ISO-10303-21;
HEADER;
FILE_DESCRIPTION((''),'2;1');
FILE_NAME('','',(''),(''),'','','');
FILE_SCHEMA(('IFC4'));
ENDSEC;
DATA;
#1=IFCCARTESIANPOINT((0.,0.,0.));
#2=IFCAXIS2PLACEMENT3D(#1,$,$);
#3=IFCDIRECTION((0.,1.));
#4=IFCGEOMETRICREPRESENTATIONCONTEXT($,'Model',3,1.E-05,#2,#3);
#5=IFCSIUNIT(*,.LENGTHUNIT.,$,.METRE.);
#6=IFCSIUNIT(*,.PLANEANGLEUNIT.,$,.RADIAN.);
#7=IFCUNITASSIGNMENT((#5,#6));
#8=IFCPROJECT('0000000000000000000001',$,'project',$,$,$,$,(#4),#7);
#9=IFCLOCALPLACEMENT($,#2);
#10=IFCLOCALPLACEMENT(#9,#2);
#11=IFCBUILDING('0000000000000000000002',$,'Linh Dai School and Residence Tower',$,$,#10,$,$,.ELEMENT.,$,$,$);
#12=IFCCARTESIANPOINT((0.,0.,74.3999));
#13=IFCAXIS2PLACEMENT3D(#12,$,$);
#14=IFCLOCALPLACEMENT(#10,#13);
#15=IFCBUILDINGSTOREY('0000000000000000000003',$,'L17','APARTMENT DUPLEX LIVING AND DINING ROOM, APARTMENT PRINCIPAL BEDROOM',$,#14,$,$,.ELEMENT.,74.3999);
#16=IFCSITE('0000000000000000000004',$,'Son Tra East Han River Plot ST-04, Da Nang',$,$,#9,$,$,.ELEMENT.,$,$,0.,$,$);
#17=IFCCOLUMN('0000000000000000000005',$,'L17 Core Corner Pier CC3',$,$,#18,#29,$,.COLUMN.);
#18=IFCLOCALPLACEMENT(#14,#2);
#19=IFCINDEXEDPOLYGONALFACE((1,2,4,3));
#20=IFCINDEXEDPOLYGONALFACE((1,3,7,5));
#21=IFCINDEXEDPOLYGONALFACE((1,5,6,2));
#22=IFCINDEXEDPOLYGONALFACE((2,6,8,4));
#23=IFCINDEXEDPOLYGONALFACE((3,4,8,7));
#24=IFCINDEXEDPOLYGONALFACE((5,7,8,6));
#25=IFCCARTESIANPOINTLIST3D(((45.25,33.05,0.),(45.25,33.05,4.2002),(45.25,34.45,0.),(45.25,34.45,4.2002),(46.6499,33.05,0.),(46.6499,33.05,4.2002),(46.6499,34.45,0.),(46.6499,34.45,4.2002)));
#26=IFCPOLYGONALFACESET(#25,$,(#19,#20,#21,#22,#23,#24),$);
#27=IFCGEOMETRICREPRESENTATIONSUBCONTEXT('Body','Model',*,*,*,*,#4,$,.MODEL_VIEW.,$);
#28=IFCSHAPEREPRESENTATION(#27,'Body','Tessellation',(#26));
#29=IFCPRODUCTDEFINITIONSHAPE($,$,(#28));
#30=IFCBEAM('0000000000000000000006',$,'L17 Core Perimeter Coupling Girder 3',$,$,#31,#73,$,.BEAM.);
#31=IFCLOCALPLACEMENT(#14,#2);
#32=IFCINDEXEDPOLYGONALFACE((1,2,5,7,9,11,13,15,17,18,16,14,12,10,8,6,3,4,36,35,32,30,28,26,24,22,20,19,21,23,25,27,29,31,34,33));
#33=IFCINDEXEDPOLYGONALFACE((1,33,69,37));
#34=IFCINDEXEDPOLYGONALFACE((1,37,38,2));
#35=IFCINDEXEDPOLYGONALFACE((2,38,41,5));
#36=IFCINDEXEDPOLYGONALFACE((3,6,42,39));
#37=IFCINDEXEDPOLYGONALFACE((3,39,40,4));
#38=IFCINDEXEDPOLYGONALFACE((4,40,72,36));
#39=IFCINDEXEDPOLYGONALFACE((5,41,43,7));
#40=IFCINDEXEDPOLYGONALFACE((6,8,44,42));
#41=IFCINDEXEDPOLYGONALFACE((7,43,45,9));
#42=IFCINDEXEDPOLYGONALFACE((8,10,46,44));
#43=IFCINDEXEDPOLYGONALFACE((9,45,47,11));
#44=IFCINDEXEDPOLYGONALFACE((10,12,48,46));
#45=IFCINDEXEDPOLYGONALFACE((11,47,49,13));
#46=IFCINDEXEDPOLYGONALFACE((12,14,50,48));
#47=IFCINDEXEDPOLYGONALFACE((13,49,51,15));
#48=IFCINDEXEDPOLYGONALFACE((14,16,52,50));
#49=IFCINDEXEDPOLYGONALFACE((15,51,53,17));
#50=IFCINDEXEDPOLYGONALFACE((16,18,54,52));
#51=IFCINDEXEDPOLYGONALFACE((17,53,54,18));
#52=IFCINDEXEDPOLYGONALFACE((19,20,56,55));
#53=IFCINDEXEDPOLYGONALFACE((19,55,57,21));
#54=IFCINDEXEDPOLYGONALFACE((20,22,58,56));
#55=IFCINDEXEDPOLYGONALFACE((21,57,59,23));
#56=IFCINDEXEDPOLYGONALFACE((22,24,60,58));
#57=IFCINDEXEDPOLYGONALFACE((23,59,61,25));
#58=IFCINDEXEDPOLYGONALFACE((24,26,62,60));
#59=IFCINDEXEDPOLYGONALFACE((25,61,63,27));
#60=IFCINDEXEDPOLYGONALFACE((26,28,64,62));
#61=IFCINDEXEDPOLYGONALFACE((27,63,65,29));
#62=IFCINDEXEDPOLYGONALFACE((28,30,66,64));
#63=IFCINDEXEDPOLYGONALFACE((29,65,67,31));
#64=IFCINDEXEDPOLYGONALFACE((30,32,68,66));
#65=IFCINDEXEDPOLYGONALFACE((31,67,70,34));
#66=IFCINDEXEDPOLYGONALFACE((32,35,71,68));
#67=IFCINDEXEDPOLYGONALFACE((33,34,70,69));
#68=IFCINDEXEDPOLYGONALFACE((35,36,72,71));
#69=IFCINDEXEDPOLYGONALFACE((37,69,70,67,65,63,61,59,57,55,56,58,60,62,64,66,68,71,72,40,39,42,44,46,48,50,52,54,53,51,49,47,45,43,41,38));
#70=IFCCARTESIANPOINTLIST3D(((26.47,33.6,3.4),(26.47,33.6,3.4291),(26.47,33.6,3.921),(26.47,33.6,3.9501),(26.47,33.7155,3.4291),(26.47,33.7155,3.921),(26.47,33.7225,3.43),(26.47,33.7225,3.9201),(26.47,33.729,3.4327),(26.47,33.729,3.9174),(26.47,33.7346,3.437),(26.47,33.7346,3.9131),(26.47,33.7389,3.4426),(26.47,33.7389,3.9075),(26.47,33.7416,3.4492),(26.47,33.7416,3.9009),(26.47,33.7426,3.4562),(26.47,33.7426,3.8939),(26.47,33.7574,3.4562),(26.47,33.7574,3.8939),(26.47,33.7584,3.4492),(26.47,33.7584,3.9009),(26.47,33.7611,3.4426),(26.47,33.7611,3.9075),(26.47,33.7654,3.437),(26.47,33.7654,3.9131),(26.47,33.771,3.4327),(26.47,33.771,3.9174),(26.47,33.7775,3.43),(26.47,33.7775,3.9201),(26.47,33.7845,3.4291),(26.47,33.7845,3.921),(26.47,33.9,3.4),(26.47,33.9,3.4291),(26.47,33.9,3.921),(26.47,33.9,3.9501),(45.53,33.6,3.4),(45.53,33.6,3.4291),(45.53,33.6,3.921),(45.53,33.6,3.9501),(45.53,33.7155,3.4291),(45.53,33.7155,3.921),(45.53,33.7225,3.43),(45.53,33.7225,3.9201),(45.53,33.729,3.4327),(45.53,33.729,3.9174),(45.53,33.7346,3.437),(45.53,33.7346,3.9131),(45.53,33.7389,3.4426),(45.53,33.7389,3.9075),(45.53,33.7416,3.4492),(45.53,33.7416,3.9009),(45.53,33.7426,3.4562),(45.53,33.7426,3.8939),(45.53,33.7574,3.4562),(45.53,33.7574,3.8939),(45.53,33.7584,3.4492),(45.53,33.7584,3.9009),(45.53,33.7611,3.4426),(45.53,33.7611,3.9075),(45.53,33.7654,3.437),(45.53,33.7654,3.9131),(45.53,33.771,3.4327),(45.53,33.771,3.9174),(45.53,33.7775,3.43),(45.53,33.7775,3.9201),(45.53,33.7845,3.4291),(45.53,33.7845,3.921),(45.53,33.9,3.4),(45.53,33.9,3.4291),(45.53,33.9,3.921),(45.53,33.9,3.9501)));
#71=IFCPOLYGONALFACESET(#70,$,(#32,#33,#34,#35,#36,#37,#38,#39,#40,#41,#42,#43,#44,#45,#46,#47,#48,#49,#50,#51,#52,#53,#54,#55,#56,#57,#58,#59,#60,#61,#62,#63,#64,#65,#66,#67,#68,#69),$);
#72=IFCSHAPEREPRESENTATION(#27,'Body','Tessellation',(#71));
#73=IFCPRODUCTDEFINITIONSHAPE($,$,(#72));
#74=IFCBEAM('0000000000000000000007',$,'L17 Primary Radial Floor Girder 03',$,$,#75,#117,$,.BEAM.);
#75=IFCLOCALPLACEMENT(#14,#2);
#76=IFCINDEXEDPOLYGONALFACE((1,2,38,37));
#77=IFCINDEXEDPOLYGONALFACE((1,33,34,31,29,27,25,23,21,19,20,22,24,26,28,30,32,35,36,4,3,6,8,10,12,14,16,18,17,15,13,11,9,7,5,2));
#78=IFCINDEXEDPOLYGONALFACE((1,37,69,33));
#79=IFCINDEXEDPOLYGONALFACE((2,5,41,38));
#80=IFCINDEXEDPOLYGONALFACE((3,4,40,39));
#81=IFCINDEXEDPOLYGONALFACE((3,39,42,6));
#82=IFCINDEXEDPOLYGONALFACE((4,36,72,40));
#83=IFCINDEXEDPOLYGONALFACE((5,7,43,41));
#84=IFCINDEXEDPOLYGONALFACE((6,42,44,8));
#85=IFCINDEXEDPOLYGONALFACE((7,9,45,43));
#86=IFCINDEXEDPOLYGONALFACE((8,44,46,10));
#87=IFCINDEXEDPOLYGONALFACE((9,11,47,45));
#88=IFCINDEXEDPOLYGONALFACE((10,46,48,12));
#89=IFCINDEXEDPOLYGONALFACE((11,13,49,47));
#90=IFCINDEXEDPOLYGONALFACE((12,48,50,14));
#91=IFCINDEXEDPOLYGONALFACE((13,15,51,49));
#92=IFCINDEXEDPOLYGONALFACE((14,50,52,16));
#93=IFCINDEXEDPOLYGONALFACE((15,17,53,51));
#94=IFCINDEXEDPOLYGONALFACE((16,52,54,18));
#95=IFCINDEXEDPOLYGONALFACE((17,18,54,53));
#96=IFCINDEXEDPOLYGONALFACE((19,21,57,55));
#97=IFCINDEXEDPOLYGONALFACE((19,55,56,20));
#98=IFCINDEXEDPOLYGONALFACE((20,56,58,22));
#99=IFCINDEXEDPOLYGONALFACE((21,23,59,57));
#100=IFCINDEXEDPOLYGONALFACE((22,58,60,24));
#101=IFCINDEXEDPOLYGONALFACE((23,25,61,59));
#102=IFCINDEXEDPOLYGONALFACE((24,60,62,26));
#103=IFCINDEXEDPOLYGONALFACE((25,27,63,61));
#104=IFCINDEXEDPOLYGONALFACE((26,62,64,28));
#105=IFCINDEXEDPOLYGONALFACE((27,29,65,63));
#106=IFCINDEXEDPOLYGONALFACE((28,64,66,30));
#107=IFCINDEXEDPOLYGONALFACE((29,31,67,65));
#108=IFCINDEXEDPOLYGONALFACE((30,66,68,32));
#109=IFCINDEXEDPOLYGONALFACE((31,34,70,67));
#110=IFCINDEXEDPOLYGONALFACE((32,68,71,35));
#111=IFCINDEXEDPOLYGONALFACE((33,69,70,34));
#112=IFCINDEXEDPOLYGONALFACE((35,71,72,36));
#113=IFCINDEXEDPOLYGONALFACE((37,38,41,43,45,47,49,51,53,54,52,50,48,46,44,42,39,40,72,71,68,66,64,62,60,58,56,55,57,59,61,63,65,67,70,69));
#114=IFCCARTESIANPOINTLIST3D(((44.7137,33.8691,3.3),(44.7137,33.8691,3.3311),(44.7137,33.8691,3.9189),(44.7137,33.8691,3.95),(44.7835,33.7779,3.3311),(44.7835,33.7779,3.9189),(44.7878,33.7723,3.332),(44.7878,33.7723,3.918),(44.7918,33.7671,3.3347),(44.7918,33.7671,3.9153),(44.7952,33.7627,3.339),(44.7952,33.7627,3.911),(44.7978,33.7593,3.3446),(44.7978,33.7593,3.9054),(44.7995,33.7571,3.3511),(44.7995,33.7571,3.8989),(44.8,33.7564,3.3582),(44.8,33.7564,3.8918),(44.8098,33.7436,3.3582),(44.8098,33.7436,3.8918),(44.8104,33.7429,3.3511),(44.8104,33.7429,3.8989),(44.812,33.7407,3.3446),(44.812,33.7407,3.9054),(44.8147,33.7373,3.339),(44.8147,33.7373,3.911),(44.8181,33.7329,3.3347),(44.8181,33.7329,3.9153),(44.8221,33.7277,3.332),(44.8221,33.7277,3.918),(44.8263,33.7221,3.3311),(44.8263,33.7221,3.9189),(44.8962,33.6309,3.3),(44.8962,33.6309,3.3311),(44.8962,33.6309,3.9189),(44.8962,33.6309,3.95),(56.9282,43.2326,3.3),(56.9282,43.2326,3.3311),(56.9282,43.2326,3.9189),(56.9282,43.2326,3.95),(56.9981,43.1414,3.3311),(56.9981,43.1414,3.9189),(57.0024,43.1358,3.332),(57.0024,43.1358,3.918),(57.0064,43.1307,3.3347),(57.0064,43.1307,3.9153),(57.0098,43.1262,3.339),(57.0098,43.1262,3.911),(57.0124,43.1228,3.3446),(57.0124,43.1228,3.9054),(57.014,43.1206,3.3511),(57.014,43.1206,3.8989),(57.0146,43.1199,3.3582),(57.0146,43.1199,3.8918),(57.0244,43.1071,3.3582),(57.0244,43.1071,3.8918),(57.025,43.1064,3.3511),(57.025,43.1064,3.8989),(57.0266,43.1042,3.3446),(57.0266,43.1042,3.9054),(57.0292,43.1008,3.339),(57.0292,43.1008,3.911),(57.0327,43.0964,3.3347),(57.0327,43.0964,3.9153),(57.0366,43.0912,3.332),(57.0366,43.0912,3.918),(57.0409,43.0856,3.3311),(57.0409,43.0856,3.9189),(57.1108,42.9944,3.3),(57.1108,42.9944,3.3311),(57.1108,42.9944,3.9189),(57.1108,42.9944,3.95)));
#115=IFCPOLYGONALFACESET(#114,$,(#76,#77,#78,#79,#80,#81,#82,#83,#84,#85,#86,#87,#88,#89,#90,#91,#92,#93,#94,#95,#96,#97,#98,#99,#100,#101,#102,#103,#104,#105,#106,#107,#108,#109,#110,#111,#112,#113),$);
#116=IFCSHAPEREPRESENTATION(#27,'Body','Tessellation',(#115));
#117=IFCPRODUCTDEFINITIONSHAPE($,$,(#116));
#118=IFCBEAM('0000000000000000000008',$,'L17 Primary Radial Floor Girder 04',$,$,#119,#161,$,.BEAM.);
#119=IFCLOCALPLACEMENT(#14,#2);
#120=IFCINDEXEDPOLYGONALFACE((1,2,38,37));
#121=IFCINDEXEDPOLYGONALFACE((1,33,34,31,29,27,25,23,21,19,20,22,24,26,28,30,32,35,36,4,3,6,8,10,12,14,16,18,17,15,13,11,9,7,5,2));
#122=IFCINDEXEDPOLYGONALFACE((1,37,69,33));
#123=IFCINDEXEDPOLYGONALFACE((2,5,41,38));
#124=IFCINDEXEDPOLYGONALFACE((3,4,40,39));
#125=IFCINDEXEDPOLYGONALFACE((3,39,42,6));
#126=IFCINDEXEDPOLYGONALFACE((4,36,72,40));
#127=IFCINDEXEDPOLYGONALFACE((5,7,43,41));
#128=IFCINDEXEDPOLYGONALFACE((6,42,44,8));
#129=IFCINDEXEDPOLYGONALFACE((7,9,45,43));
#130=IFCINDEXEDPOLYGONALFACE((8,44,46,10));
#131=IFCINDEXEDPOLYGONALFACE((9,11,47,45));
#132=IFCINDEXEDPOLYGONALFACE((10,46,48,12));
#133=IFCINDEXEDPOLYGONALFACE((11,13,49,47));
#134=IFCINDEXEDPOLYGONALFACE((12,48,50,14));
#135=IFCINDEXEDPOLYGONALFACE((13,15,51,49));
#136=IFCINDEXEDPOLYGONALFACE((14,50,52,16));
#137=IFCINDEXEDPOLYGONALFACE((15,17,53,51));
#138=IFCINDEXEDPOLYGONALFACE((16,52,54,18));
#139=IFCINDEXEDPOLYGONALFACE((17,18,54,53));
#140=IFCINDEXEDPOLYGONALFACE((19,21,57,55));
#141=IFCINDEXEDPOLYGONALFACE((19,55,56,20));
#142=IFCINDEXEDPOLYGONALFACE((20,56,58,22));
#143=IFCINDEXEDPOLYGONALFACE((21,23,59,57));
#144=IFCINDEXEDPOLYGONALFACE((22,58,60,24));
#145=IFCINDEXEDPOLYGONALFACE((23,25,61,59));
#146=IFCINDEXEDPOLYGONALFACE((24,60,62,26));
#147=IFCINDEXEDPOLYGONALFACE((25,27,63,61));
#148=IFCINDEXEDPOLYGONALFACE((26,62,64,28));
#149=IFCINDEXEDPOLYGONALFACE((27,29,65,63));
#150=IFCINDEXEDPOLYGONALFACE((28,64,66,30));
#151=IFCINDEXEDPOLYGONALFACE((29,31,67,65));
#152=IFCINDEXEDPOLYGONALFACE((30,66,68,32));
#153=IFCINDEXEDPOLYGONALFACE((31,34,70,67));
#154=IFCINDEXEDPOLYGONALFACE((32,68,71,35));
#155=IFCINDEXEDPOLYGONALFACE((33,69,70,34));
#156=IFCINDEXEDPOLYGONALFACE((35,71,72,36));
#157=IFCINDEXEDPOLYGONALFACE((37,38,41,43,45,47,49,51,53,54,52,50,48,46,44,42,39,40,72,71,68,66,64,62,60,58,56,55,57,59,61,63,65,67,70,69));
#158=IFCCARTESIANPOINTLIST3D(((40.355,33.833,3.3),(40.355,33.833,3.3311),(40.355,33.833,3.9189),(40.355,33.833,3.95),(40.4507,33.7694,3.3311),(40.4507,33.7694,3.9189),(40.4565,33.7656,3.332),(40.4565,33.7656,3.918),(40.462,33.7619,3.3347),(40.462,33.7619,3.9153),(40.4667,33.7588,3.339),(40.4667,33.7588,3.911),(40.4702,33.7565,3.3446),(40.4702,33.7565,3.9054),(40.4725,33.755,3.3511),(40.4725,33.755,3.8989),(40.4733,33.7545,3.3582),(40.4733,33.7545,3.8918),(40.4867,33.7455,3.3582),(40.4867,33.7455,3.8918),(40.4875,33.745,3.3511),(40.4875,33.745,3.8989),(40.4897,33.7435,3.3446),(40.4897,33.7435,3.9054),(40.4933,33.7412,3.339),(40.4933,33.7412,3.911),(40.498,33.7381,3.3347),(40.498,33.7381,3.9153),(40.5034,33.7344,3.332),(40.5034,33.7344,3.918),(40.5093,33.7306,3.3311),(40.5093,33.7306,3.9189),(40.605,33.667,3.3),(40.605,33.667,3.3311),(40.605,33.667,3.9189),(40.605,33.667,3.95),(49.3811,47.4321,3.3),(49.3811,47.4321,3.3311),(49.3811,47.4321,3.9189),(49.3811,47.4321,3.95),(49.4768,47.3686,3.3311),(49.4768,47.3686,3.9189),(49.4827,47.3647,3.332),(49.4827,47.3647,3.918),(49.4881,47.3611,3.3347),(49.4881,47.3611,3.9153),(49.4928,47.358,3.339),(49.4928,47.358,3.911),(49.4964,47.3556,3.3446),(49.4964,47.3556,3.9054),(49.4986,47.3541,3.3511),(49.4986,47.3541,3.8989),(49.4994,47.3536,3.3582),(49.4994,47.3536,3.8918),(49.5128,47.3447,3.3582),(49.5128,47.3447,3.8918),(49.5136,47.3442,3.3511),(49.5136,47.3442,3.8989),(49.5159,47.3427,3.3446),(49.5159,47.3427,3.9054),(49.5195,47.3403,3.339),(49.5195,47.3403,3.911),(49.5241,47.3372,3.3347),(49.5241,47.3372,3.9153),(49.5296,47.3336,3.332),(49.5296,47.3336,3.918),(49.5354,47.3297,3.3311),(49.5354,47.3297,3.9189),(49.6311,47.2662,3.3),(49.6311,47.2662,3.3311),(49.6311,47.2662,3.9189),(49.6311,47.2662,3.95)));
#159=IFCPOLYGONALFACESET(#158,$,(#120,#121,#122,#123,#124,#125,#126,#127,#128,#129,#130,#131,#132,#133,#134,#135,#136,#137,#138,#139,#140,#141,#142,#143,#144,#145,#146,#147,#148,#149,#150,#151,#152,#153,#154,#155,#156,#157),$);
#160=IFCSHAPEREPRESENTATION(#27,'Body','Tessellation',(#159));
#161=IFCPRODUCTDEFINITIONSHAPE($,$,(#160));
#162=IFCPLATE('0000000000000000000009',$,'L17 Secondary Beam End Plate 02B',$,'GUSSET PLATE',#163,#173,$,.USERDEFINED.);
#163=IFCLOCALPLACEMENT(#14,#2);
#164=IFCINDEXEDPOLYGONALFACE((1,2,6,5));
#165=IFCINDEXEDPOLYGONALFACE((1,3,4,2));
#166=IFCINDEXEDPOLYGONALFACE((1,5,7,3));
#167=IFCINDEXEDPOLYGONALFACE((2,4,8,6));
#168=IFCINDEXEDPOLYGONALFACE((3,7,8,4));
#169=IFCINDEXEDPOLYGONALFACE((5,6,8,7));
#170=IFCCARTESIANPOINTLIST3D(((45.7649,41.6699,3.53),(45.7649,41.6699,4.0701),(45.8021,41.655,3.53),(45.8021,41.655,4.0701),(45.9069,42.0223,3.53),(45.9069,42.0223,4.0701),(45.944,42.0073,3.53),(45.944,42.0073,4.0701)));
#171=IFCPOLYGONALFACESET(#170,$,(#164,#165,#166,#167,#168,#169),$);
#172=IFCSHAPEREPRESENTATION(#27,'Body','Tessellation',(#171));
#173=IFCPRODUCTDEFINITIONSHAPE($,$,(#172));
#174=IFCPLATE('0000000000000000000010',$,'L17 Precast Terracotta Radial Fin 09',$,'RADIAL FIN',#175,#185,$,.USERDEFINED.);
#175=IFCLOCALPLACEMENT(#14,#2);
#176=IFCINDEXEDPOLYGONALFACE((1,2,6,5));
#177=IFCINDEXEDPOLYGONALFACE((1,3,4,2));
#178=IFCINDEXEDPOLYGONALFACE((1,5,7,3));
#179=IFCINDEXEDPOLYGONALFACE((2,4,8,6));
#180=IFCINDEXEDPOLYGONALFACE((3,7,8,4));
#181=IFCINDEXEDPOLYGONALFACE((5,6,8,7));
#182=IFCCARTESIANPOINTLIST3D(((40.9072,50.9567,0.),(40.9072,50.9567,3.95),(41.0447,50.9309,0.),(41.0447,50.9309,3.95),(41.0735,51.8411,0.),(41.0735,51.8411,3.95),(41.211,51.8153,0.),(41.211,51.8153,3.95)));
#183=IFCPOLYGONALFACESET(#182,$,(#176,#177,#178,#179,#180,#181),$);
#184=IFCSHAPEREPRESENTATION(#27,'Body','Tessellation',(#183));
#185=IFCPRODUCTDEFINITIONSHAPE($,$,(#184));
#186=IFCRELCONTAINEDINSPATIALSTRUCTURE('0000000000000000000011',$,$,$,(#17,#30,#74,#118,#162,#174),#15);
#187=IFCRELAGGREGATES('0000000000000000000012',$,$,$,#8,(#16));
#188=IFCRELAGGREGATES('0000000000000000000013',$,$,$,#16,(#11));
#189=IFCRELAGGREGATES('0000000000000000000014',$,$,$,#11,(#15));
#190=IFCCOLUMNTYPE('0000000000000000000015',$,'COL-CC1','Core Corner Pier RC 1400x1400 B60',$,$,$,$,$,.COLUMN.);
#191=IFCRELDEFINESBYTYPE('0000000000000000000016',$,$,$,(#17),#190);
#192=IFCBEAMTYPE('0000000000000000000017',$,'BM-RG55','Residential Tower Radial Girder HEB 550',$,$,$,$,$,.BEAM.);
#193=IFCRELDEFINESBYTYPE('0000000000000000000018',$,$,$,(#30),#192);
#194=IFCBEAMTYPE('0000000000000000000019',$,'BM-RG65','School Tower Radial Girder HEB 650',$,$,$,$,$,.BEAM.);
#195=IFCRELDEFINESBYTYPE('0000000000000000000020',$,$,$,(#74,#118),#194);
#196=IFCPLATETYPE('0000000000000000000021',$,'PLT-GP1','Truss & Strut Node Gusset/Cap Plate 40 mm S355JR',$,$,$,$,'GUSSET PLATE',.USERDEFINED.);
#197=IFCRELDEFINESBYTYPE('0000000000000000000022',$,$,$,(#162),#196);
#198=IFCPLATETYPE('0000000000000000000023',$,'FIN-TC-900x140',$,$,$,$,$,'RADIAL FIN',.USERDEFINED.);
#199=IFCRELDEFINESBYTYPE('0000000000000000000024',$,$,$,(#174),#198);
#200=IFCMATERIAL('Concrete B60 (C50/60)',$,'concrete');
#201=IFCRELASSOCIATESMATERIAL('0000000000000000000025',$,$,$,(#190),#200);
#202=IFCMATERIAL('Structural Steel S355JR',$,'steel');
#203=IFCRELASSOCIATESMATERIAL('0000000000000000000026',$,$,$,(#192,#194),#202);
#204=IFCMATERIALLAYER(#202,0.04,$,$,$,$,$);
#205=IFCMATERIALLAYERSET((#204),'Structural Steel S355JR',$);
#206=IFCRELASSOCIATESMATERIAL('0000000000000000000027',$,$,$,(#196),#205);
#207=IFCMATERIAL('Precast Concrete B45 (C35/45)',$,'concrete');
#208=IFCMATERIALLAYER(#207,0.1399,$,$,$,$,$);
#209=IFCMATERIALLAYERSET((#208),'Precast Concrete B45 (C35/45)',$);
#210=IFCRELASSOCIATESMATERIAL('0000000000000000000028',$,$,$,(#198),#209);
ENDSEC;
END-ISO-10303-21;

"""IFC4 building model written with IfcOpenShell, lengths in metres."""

from ifc_helpers import new_model, si_unit, direction, frame, origin, origin_2d, place, context, subcontext, project, spatial, rectangle, i_section, extrude, source, transform, mapped, material, layer, layer_set, material_profile, profile_set, type_object, element, save


model = new_model("IFC4")

# Units and contexts
model_context = context("Model", 3, precision=1e-05, world=origin(), true_north=direction((0.0, 1.0)))
body_context = subcontext(model_context, "Body", "Model", "MODEL_VIEW")
ifc_project = project(units=[si_unit("LENGTHUNIT", "METRE"), si_unit("PLANEANGLEUNIT", "RADIAN")], contexts=[model_context])

# Site, building, storey
site_placement = place(None, origin())
site = spatial("IfcSite", under=ifc_project, at=site_placement, Name="Son Tra East Han River Plot ST-04, Da Nang", CompositionType="ELEMENT", RefElevation=0.0)
building_placement = place(site_placement, origin())
building = spatial("IfcBuilding", under=site, at=building_placement, Name="Linh Dai School and Residence Tower", CompositionType="ELEMENT")
storey_placement = place(building_placement, frame((0.0, 0.0, 74.3999)))
storey = spatial("IfcBuildingStorey", under=building, at=storey_placement, Name="L17", Description="APARTMENT DUPLEX LIVING AND DINING ROOM, APARTMENT PRINCIPAL BEDROOM", CompositionType="ELEMENT", Elevation=74.3999)

# Column
ifc_material_1 = material(Name="Concrete B60 (C50/60)", Category="concrete")
ifc_material_profile_1 = material_profile(ifc_material_1, rectangle(XDim=1.3999, YDim=1.3999, at=origin_2d()), Name="RC 1400x1400")
ifc_profile_set_1 = profile_set([ifc_material_profile_1], Name="Concrete B60 (C50/60)")
column_type = type_object("IfcColumnType", Name="COL-CC1", Description="Core Corner Pier RC 1400x1400 B60", PredefinedType="COLUMN", material=ifc_profile_set_1)
column_placement = place(storey_placement, frame((45.95, 33.75, 0.0), z_axis=(0.0, 0.0, 1.0), x_axis=(1.0, 0.0, 0.0)))
element("IfcColumn", 1, at=column_placement, inside=storey, type_object=column_type, Name="L17 Core Corner Pier CC3", PredefinedType="COLUMN", context=body_context, shape_type="SweptSolid", body=[
    extrude(rectangle(XDim=1.3999, YDim=1.3999, at=origin_2d()), origin(), (0.0, 0.0, 1.0), 4.2002),
])

# Beams
ifc_material_2 = material(Name="Structural Steel S355JR", Category="steel")
ifc_material_profile_2 = material_profile(ifc_material_2, i_section(OverallWidth=0.3, OverallDepth=0.55, WebThickness=0.0149, FlangeThickness=0.0291, FilletRadius=0.0271, at=origin_2d()), Name="HEB 550")
ifc_profile_set_2 = profile_set([ifc_material_profile_2], Name="Structural Steel S355JR")
beam_type_1 = type_object("IfcBeamType", Name="BM-RG55", Description="Residential Tower Radial Girder HEB 550", PredefinedType="BEAM", material=ifc_profile_set_2)
beam_1_placement = place(storey_placement, frame((45.53, 33.75, 3.675), z_axis=(-1.0, 0.0, 0.0), x_axis=(0.0, -1.0, 0.0)))
element("IfcBeam", 2, at=beam_1_placement, inside=storey, type_object=beam_type_1, Name="L17 Core Perimeter Coupling Girder 3", PredefinedType="BEAM", context=body_context, shape_type="SweptSolid", body=[
    extrude(i_section(OverallWidth=0.3, OverallDepth=0.55, WebThickness=0.0149, FlangeThickness=0.0291, FilletRadius=0.0271, at=origin_2d()), origin(), (0.0, 0.0, 1.0), 19.0601),
])
ifc_material_profile_3 = material_profile(ifc_material_2, i_section(OverallWidth=0.3, OverallDepth=0.6499, WebThickness=0.0161, FlangeThickness=0.031, FilletRadius=0.0271, at=origin_2d()), Name="HEB 650")
ifc_profile_set_3 = profile_set([ifc_material_profile_3], Name="Structural Steel S355JR")
beam_type_2 = type_object("IfcBeamType", Name="BM-RG65", Description="School Tower Radial Girder HEB 650", PredefinedType="BEAM", material=ifc_profile_set_3)
beam_2_placement = place(storey_placement, frame((44.8049, 33.75, 3.625), z_axis=(0.793638, 0.608391, 0.0), x_axis=(-0.608391, 0.793638, 0.0)))
element("IfcBeam", 3, at=beam_2_placement, inside=storey, type_object=beam_type_2, Name="L17 Primary Radial Floor Girder 03", PredefinedType="BEAM", context=body_context, shape_type="SweptSolid", body=[
    extrude(i_section(OverallWidth=0.3, OverallDepth=0.6499, WebThickness=0.0161, FlangeThickness=0.031, FilletRadius=0.0271, at=origin_2d()), origin(), (0.0, 0.0, 1.0), 15.3906),
])
beam_3_placement = place(storey_placement, frame((40.48, 33.75, 3.625), z_axis=(0.553004, 0.833178, 0.0), x_axis=(-0.833178, 0.553004, 0.0)))
element("IfcBeam", 4, at=beam_3_placement, inside=storey, type_object=beam_type_2, Name="L17 Primary Radial Floor Girder 04", PredefinedType="BEAM", context=body_context, shape_type="SweptSolid", body=[
    extrude(i_section(OverallWidth=0.3, OverallDepth=0.6499, WebThickness=0.0161, FlangeThickness=0.031, FilletRadius=0.0271, at=origin_2d()), origin(), (0.0, 0.0, 1.0), 16.322),
])

# Plates
ifc_layer_1 = layer(ifc_material_2, 0.04)
ifc_layer_set_1 = layer_set([ifc_layer_1], Name="Structural Steel S355JR")
plate_type_1 = type_object("IfcPlateType", Name="PLT-GP1", Description="Truss & Strut Node Gusset/Cap Plate 40 mm S355JR", ElementType="GUSSET PLATE", PredefinedType="USERDEFINED", material=ifc_layer_set_1)
shared_shape_1 = source(origin(), body_context, "Body", "SweptSolid", [
    extrude(rectangle(XDim=0.04, YDim=0.3799, at=origin_2d()), origin(), (0.0, 0.0, 1.0), 0.54),
])
plate_1_placement = place(storey_placement, frame((45.8545, 41.8386, 3.53), z_axis=(0.0, 0.0, 1.0), x_axis=(-0.927536, 0.373733, 0.0)))
element("IfcPlate", 5, at=plate_1_placement, inside=storey, type_object=plate_type_1, Name="L17 Secondary Beam End Plate 02B", ObjectType="GUSSET PLATE", PredefinedType="USERDEFINED", context=body_context, shape_type="MappedRepresentation", body=[
    mapped(shared_shape_1, transform((0.0, 0.0, 0.0), x_axis=(1.0, 0.0, 0.0), y_axis=(0.0, 1.0, 0.0), z_axis=(0.0, 0.0, 1.0), scale=1.0)),
])
ifc_material_3 = material(Name="Precast Concrete B45 (C35/45)", Category="concrete")
ifc_layer_2 = layer(ifc_material_3, 0.1399)
ifc_layer_set_2 = layer_set([ifc_layer_2], Name="Precast Concrete B45 (C35/45)")
plate_type_2 = type_object("IfcPlateType", Name="FIN-TC-900x140", ElementType="RADIAL FIN", PredefinedType="USERDEFINED", material=ifc_layer_set_2)
shared_shape_2 = source(origin(), body_context, "Body", "SweptSolid", [
    extrude(rectangle(XDim=0.8999, YDim=0.1399, at=origin_2d()), origin(), (0.0, 0.0, 1.0), 3.95),
])
plate_2_placement = place(storey_placement, frame((41.0591, 51.386, 0.0), z_axis=(0.0, 0.0, 1.0), x_axis=(0.184748, 0.982786, 0.0)))
element("IfcPlate", 6, at=plate_2_placement, inside=storey, type_object=plate_type_2, Name="L17 Precast Terracotta Radial Fin 09", ObjectType="RADIAL FIN", PredefinedType="USERDEFINED", context=body_context, shape_type="MappedRepresentation", body=[
    mapped(shared_shape_2, transform((0.0, 0.0, 0.0), x_axis=(1.0, 0.0, 0.0), y_axis=(0.0, 1.0, 0.0), z_axis=(0.0, 0.0, 1.0), scale=1.0)),
])

save(model, "model.ifc")
